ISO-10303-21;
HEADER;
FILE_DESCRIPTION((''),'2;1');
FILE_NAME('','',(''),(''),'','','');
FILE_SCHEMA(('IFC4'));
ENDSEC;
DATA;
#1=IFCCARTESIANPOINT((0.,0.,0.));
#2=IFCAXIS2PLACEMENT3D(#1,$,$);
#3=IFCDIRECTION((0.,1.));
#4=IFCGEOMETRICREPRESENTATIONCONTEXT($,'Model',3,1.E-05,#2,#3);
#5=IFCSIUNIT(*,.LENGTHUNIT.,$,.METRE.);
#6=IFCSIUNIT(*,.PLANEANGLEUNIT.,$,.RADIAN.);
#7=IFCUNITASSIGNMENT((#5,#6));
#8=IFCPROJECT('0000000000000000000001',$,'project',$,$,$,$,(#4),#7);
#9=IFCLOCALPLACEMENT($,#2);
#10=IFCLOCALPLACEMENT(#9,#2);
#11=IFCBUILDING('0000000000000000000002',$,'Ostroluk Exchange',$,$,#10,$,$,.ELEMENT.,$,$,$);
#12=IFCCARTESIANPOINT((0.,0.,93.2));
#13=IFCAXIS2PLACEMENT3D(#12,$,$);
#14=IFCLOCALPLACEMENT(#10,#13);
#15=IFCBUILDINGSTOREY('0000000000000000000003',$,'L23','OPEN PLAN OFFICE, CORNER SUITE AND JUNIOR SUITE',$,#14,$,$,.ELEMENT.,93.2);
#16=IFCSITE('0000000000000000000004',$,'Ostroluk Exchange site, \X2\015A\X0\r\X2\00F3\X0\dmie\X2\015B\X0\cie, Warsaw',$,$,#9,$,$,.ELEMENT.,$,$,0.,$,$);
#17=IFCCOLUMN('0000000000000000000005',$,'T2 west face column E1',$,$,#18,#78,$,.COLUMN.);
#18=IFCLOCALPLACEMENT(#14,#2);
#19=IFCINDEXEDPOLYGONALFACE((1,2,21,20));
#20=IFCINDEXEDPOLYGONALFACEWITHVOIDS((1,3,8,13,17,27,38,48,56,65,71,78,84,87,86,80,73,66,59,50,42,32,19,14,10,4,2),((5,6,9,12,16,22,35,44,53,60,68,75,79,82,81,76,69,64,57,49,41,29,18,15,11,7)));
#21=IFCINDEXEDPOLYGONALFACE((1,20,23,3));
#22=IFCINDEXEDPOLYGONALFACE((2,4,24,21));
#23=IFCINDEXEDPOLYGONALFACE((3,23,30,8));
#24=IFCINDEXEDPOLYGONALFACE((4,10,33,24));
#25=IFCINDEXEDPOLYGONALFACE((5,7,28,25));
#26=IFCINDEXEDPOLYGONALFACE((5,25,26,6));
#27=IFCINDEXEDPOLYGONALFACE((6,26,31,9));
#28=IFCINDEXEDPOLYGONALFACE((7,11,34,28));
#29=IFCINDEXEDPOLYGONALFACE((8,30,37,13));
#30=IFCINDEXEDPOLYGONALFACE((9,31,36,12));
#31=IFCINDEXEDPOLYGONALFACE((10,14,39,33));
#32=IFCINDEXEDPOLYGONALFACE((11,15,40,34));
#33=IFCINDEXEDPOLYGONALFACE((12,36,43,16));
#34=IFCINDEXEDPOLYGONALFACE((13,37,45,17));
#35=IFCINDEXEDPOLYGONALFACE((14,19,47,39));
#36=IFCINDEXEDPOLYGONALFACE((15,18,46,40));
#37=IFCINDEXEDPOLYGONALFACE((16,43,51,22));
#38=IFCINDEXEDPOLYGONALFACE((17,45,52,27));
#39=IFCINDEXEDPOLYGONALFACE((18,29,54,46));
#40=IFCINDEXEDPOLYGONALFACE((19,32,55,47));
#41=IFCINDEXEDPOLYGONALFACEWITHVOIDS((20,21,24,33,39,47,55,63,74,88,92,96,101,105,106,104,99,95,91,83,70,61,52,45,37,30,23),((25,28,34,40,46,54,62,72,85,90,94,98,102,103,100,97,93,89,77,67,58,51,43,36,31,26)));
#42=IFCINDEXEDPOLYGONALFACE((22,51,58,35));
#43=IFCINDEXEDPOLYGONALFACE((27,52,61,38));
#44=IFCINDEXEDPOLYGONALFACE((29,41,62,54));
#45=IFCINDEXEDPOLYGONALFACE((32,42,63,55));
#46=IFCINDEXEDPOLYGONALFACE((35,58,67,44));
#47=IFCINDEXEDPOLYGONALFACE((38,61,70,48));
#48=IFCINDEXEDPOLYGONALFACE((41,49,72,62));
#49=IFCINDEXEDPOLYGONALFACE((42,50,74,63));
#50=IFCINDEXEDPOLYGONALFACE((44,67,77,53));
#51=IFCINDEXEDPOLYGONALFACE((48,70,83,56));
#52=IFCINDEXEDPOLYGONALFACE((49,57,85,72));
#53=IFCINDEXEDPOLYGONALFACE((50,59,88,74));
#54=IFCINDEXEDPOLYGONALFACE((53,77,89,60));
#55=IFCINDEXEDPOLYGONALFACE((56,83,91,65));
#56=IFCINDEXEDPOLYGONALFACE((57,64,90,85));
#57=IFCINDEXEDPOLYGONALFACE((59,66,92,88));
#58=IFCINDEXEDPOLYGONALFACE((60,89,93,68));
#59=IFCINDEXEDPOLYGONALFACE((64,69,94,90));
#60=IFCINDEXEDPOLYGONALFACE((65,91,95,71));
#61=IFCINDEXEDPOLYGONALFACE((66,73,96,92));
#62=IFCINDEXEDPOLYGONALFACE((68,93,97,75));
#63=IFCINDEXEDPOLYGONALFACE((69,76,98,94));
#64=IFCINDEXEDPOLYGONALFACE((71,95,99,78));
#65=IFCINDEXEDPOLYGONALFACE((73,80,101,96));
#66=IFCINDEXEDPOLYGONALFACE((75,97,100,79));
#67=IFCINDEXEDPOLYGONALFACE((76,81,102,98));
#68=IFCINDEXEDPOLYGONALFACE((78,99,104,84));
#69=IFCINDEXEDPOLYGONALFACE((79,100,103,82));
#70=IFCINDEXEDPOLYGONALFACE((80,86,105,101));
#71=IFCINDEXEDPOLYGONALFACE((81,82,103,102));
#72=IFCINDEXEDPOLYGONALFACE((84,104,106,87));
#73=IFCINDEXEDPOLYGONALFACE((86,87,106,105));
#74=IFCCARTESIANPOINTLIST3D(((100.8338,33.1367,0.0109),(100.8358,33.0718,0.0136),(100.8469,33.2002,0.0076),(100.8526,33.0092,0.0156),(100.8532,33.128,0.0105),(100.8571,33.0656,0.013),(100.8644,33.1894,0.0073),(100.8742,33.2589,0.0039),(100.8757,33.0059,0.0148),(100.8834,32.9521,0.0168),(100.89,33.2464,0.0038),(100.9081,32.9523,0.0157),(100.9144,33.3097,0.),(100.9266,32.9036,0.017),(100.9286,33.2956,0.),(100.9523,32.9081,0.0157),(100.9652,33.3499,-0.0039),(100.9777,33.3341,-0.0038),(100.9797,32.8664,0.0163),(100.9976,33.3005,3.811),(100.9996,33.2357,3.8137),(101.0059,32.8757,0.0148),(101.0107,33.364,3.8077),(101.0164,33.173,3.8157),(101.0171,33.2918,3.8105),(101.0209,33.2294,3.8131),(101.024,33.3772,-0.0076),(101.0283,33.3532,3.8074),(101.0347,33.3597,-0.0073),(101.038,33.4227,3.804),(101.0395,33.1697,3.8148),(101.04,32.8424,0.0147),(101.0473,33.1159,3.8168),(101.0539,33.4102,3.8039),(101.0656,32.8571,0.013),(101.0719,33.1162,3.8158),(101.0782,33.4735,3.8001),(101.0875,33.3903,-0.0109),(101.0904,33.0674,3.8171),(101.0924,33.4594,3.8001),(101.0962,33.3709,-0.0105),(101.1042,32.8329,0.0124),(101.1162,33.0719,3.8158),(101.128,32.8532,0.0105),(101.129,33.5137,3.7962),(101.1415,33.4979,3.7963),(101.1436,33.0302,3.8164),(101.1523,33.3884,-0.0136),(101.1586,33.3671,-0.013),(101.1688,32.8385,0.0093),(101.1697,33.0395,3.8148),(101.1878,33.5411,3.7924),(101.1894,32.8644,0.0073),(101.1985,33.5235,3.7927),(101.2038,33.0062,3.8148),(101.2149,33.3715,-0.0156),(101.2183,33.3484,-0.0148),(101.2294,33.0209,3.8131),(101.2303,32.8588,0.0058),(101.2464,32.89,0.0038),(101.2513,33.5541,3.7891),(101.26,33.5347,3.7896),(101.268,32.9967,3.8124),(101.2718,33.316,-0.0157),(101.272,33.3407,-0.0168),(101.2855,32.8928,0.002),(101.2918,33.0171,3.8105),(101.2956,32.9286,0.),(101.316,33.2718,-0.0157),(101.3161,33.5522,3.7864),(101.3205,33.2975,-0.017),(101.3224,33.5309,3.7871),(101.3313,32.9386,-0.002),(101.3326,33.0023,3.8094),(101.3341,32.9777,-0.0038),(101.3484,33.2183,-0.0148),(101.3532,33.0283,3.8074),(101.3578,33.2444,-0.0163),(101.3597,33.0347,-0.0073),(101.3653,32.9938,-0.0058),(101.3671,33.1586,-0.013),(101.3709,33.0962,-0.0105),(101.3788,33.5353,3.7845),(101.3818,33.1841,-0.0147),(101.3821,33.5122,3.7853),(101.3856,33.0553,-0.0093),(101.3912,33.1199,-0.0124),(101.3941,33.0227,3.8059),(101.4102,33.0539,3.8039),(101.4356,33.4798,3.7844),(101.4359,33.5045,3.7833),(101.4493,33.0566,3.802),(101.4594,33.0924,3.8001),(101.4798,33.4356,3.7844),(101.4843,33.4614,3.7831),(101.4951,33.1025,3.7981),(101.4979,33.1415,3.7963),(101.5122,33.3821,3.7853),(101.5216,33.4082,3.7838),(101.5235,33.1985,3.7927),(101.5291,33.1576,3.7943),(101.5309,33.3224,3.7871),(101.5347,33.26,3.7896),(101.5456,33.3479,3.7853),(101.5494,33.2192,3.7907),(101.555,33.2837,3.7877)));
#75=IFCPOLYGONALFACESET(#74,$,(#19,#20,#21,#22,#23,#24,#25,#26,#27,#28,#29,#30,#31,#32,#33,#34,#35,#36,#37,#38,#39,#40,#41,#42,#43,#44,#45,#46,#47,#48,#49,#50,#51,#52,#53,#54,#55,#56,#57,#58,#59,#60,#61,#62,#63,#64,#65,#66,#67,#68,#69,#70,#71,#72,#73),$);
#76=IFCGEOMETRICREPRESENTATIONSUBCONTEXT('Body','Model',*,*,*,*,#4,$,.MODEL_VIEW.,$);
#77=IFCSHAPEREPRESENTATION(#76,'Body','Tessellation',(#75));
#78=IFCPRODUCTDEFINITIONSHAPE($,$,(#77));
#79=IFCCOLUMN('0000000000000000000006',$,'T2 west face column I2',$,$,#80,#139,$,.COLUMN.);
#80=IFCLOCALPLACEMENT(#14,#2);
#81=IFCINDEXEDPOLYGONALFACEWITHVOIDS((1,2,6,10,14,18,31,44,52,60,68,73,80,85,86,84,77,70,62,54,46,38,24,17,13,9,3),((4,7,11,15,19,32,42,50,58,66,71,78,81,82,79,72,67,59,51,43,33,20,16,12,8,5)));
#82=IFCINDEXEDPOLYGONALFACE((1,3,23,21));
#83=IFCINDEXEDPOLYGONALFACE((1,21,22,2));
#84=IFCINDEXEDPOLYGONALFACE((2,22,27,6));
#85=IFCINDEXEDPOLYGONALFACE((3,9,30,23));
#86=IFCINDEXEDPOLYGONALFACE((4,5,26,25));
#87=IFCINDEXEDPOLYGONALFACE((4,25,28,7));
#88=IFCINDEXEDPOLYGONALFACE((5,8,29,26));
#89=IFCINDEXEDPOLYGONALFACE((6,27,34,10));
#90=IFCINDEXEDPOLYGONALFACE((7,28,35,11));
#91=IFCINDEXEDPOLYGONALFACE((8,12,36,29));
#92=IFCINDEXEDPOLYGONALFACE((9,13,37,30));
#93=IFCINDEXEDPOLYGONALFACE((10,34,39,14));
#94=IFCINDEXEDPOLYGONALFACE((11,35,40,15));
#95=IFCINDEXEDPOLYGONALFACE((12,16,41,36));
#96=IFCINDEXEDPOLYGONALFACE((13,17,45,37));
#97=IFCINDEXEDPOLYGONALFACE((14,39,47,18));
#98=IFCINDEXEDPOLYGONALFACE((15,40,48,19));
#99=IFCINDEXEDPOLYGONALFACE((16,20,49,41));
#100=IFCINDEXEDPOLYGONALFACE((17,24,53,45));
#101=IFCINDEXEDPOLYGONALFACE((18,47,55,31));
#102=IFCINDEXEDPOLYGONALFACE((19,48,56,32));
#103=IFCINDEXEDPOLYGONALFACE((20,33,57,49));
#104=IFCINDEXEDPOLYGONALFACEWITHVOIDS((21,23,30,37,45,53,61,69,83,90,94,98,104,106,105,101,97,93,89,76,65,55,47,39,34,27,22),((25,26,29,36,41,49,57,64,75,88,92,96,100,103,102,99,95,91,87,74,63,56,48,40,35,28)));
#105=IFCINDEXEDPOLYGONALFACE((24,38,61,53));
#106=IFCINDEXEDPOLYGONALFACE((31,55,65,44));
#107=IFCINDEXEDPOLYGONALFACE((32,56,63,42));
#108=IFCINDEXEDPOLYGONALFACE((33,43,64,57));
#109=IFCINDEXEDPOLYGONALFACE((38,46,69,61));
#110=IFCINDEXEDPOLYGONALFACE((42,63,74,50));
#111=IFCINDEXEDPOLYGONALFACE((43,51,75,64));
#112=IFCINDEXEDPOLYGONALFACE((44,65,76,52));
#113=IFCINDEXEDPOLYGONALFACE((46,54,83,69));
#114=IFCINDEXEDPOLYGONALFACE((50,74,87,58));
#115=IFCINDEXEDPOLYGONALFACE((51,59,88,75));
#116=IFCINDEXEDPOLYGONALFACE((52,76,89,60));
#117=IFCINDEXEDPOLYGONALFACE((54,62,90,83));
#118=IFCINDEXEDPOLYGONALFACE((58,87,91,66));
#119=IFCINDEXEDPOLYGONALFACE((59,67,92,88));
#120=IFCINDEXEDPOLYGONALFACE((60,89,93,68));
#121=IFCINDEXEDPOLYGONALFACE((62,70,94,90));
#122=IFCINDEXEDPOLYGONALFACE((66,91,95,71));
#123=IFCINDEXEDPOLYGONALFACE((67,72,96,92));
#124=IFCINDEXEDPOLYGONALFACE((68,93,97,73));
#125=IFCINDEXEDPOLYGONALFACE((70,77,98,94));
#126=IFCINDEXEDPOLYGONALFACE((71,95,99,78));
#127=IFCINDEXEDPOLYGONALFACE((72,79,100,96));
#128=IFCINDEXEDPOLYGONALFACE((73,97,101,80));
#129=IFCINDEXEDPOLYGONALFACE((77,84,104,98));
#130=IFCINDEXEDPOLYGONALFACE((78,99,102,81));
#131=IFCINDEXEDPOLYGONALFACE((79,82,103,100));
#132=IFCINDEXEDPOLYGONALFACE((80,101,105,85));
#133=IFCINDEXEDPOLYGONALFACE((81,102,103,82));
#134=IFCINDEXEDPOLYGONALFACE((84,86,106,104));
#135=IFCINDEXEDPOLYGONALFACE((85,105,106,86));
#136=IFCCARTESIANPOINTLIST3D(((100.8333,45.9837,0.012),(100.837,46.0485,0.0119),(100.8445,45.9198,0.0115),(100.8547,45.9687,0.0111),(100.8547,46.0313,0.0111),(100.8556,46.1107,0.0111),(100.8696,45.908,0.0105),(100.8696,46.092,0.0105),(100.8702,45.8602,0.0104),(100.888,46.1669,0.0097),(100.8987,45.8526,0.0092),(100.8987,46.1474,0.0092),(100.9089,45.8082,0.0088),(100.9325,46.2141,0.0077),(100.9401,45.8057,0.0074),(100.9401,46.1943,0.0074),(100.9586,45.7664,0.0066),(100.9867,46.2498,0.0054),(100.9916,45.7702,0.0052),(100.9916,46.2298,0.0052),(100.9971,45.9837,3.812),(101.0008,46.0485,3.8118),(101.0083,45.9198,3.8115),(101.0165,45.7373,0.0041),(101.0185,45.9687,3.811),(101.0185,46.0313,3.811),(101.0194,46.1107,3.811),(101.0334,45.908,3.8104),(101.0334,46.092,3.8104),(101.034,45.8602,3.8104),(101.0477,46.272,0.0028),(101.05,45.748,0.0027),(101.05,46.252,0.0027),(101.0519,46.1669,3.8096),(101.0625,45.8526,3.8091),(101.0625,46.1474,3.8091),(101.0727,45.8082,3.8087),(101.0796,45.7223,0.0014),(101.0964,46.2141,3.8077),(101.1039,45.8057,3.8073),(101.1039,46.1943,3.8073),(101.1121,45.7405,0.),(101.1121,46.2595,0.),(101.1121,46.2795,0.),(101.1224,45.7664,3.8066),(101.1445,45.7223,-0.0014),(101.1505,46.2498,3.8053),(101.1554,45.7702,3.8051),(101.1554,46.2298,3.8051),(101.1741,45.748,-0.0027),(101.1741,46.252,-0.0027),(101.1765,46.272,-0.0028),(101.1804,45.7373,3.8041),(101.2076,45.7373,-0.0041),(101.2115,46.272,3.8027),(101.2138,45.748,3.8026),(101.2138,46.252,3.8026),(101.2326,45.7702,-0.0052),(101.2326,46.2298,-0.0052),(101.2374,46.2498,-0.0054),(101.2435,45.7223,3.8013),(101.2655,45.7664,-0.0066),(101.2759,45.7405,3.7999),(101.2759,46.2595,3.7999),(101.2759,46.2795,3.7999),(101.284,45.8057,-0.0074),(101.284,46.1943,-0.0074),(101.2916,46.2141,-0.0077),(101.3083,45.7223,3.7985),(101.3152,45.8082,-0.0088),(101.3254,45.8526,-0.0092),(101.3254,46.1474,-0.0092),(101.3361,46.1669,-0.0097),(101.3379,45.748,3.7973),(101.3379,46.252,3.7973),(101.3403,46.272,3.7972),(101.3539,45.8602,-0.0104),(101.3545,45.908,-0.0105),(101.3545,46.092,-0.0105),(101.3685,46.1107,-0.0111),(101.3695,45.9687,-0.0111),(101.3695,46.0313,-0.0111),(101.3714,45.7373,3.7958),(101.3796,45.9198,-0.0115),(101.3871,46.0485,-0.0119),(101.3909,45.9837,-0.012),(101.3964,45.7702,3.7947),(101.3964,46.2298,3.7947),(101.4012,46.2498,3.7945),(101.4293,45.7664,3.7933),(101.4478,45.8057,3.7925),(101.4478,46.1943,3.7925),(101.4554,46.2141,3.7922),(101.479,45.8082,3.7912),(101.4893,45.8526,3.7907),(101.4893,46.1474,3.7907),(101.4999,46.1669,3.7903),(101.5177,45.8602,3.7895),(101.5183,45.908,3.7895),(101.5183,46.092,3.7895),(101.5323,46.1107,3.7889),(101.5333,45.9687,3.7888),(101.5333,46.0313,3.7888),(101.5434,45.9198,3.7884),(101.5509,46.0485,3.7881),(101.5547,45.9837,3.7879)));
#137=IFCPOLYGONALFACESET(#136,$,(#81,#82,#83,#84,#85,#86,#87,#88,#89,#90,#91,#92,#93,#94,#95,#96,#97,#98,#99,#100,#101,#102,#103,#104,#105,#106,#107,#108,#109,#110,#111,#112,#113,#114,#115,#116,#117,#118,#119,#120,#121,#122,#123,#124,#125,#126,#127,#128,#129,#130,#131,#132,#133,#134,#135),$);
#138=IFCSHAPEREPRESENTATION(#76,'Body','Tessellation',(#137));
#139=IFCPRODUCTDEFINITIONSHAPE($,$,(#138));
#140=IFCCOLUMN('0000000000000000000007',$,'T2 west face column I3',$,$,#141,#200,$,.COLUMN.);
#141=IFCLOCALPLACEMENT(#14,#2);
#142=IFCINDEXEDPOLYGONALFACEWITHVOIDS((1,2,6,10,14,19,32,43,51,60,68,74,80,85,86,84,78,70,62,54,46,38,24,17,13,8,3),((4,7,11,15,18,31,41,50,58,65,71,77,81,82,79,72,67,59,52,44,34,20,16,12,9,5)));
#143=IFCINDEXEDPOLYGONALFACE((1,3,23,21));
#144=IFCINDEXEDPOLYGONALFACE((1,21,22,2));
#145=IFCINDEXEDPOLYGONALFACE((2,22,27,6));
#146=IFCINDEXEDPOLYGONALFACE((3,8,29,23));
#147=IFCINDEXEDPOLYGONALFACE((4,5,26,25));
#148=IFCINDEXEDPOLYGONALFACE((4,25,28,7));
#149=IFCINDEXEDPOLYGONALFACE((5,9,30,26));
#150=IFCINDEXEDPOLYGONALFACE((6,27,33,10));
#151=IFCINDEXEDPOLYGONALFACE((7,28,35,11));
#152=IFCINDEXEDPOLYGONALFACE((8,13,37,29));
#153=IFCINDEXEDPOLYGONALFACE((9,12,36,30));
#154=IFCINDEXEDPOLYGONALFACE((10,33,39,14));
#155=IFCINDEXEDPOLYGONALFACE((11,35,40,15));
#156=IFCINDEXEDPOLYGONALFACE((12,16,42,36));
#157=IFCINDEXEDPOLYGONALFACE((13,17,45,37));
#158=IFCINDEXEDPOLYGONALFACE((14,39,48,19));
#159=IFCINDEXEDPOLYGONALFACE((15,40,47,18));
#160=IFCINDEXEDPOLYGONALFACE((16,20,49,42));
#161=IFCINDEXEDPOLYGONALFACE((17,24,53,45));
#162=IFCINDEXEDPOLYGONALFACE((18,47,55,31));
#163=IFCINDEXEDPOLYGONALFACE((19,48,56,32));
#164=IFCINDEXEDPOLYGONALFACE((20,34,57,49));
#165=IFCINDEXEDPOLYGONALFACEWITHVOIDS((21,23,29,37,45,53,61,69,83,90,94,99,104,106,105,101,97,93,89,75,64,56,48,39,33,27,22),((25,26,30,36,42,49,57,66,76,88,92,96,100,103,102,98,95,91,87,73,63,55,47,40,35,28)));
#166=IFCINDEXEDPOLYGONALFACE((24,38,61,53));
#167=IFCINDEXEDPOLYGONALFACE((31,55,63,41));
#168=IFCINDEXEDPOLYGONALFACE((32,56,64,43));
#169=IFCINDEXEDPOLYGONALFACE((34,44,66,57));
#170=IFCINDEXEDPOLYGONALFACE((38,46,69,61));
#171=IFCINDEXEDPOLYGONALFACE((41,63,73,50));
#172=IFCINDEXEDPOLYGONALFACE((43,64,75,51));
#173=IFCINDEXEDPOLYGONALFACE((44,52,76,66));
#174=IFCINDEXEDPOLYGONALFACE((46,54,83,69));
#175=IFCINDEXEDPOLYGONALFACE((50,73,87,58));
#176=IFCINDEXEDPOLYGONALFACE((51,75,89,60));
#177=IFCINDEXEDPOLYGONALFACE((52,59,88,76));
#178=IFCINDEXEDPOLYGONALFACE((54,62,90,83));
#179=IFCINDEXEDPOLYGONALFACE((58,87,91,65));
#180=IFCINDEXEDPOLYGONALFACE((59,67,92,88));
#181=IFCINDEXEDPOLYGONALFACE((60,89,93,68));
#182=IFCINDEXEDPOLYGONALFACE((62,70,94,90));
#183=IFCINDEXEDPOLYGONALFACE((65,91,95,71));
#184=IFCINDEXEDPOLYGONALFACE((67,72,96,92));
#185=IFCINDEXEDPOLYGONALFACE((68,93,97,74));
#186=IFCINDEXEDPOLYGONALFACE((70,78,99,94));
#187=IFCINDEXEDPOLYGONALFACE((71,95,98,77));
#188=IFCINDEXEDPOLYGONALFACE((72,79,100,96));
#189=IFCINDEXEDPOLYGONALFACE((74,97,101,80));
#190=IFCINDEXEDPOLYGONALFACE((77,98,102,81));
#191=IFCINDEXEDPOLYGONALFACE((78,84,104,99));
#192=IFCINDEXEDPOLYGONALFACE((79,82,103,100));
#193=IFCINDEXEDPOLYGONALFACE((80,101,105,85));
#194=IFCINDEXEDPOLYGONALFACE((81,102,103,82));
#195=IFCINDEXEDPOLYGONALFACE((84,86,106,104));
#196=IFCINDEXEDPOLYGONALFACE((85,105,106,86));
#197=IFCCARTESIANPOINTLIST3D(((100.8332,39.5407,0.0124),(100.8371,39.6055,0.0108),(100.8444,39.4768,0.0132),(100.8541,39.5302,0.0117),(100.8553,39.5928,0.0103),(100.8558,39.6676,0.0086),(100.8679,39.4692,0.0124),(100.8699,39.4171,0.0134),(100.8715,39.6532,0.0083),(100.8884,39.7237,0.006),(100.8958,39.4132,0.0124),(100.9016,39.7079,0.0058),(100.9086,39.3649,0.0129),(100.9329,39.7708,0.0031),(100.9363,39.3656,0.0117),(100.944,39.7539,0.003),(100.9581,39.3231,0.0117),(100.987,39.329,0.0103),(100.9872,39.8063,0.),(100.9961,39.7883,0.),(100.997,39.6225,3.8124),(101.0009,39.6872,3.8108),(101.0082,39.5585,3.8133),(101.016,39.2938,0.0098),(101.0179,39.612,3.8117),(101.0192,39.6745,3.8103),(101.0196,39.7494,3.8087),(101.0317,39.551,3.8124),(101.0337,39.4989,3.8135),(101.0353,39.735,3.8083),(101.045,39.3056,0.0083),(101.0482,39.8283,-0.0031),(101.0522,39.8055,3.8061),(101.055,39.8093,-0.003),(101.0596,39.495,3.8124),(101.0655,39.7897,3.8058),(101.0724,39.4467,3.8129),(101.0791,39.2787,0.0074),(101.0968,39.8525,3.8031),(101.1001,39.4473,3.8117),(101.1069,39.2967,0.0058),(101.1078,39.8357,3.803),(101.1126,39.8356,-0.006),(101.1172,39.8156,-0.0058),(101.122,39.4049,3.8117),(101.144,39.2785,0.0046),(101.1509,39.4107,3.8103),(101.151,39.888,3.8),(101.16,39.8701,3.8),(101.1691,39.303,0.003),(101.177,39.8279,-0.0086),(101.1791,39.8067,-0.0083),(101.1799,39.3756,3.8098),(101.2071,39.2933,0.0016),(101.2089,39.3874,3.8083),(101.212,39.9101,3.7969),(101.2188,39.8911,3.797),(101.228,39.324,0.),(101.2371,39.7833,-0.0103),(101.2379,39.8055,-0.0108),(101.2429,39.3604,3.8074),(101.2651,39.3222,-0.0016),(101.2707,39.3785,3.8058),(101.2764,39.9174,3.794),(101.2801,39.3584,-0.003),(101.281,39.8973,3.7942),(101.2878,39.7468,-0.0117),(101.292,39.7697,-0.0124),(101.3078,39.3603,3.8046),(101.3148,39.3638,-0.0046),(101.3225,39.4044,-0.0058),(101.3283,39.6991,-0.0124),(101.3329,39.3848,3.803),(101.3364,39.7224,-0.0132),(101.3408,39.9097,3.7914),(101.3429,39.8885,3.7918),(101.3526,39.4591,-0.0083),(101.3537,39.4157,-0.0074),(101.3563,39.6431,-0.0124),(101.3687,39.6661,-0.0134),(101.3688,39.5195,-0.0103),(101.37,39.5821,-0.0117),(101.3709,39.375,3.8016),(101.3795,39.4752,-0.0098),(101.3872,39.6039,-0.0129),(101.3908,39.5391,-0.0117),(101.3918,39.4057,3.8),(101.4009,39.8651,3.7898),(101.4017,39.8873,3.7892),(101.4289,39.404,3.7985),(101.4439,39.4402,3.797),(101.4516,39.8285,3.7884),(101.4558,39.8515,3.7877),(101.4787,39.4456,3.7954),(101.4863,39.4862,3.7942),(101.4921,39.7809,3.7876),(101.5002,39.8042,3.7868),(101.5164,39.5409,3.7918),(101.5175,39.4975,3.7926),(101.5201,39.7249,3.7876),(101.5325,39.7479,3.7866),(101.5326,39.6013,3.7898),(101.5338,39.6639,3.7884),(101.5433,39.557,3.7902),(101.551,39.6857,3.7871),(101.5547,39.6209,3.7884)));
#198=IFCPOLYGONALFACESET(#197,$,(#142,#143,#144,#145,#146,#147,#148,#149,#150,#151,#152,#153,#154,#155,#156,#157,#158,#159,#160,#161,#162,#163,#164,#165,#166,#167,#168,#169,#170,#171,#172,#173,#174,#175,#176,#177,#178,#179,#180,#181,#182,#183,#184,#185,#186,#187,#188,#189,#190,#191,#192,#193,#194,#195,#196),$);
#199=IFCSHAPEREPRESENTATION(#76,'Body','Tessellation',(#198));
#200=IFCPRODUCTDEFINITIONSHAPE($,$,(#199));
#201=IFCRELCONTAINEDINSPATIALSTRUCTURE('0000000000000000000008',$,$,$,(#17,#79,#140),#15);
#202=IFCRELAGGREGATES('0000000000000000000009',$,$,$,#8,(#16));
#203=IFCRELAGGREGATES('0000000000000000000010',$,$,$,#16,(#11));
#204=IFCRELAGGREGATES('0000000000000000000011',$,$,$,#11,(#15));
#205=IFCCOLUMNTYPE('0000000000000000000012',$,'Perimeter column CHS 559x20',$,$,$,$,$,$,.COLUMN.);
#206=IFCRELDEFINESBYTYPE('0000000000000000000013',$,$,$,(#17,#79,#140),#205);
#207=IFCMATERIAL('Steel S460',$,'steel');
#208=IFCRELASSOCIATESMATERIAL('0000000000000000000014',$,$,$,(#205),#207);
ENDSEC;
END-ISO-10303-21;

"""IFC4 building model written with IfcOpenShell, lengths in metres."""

from ifc_helpers import new_model, si_unit, direction, frame, origin, origin_2d, place, context, subcontext, project, spatial, hollow_circle, extrude, material, material_profile, profile_set, type_object, element, save


model = new_model("IFC4")

# Units and contexts
model_context = context("Model", 3, precision=1e-05, world=origin(), true_north=direction((0.0, 1.0)))
body_context = subcontext(model_context, "Body", "Model", "MODEL_VIEW")
ifc_project = project(units=[si_unit("LENGTHUNIT", "METRE"), si_unit("PLANEANGLEUNIT", "RADIAN")], contexts=[model_context])

# Site, building, storey
site_placement = place(None, origin())
site = spatial("IfcSite", under=ifc_project, at=site_placement, Name="Ostroluk Exchange site, Śródmieście, Warsaw", CompositionType="ELEMENT", RefElevation=0.0)
building_placement = place(site_placement, origin())
building = spatial("IfcBuilding", under=site, at=building_placement, Name="Ostroluk Exchange", CompositionType="ELEMENT")
storey_placement = place(building_placement, frame((0.0, 0.0, 93.2)))
storey = spatial("IfcBuildingStorey", under=building, at=storey_placement, Name="L23", Description="OPEN PLAN OFFICE, CORNER SUITE AND JUNIOR SUITE", CompositionType="ELEMENT", Elevation=93.2)

# Columns
ifc_material_1 = material(Name="Steel S460", Category="steel")
ifc_material_profile_1 = material_profile(ifc_material_1, hollow_circle(Radius=0.2795, WallThickness=0.02, at=origin_2d()), Name="CHS 559x20")
ifc_profile_set_1 = profile_set([ifc_material_profile_1], Name="Steel S460")
column_type = type_object("IfcColumnType", Name="Perimeter column CHS 559x20", PredefinedType="COLUMN", material=ifc_profile_set_1)
column_1_placement = place(storey_placement, frame((101.1121, 33.1121, 0.0), z_axis=(0.04303, 0.04303, 0.998147), x_axis=(-0.707107, 0.707107, 0.0)))
element("IfcColumn", 1, at=column_1_placement, inside=storey, type_object=column_type, Name="T2 west face column E1", PredefinedType="COLUMN", context=body_context, shape_type="SweptSolid", body=[
    extrude(hollow_circle(Radius=0.2795, WallThickness=0.02, at=origin_2d()), origin(), (0.0, 0.0, 1.0), 3.8071),
])
column_2_placement = place(storey_placement, frame((101.1121, 46.0, 0.0), z_axis=(0.04307, 0.0, 0.999072), x_axis=(0.0, 1.0, 0.0)))
element("IfcColumn", 2, at=column_2_placement, inside=storey, type_object=column_type, Name="T2 west face column I2", PredefinedType="COLUMN", context=body_context, shape_type="SweptSolid", body=[
    extrude(hollow_circle(Radius=0.2795, WallThickness=0.02, at=origin_2d()), origin(), (0.0, 0.0, 1.0), 3.8035),
])
column_3_placement = place(storey_placement, frame((101.1121, 39.5562, 0.0), z_axis=(0.04306, 0.021498, 0.998841), x_axis=(-0.44668, 0.894694, 0.0)))
element("IfcColumn", 3, at=column_3_placement, inside=storey, type_object=column_type, Name="T2 west face column I3", PredefinedType="COLUMN", context=body_context, shape_type="SweptSolid", body=[
    extrude(hollow_circle(Radius=0.2795, WallThickness=0.02, at=origin_2d()), origin(), (0.0, 0.0, 1.0), 3.8044),
])

save(model, "model.ifc")
